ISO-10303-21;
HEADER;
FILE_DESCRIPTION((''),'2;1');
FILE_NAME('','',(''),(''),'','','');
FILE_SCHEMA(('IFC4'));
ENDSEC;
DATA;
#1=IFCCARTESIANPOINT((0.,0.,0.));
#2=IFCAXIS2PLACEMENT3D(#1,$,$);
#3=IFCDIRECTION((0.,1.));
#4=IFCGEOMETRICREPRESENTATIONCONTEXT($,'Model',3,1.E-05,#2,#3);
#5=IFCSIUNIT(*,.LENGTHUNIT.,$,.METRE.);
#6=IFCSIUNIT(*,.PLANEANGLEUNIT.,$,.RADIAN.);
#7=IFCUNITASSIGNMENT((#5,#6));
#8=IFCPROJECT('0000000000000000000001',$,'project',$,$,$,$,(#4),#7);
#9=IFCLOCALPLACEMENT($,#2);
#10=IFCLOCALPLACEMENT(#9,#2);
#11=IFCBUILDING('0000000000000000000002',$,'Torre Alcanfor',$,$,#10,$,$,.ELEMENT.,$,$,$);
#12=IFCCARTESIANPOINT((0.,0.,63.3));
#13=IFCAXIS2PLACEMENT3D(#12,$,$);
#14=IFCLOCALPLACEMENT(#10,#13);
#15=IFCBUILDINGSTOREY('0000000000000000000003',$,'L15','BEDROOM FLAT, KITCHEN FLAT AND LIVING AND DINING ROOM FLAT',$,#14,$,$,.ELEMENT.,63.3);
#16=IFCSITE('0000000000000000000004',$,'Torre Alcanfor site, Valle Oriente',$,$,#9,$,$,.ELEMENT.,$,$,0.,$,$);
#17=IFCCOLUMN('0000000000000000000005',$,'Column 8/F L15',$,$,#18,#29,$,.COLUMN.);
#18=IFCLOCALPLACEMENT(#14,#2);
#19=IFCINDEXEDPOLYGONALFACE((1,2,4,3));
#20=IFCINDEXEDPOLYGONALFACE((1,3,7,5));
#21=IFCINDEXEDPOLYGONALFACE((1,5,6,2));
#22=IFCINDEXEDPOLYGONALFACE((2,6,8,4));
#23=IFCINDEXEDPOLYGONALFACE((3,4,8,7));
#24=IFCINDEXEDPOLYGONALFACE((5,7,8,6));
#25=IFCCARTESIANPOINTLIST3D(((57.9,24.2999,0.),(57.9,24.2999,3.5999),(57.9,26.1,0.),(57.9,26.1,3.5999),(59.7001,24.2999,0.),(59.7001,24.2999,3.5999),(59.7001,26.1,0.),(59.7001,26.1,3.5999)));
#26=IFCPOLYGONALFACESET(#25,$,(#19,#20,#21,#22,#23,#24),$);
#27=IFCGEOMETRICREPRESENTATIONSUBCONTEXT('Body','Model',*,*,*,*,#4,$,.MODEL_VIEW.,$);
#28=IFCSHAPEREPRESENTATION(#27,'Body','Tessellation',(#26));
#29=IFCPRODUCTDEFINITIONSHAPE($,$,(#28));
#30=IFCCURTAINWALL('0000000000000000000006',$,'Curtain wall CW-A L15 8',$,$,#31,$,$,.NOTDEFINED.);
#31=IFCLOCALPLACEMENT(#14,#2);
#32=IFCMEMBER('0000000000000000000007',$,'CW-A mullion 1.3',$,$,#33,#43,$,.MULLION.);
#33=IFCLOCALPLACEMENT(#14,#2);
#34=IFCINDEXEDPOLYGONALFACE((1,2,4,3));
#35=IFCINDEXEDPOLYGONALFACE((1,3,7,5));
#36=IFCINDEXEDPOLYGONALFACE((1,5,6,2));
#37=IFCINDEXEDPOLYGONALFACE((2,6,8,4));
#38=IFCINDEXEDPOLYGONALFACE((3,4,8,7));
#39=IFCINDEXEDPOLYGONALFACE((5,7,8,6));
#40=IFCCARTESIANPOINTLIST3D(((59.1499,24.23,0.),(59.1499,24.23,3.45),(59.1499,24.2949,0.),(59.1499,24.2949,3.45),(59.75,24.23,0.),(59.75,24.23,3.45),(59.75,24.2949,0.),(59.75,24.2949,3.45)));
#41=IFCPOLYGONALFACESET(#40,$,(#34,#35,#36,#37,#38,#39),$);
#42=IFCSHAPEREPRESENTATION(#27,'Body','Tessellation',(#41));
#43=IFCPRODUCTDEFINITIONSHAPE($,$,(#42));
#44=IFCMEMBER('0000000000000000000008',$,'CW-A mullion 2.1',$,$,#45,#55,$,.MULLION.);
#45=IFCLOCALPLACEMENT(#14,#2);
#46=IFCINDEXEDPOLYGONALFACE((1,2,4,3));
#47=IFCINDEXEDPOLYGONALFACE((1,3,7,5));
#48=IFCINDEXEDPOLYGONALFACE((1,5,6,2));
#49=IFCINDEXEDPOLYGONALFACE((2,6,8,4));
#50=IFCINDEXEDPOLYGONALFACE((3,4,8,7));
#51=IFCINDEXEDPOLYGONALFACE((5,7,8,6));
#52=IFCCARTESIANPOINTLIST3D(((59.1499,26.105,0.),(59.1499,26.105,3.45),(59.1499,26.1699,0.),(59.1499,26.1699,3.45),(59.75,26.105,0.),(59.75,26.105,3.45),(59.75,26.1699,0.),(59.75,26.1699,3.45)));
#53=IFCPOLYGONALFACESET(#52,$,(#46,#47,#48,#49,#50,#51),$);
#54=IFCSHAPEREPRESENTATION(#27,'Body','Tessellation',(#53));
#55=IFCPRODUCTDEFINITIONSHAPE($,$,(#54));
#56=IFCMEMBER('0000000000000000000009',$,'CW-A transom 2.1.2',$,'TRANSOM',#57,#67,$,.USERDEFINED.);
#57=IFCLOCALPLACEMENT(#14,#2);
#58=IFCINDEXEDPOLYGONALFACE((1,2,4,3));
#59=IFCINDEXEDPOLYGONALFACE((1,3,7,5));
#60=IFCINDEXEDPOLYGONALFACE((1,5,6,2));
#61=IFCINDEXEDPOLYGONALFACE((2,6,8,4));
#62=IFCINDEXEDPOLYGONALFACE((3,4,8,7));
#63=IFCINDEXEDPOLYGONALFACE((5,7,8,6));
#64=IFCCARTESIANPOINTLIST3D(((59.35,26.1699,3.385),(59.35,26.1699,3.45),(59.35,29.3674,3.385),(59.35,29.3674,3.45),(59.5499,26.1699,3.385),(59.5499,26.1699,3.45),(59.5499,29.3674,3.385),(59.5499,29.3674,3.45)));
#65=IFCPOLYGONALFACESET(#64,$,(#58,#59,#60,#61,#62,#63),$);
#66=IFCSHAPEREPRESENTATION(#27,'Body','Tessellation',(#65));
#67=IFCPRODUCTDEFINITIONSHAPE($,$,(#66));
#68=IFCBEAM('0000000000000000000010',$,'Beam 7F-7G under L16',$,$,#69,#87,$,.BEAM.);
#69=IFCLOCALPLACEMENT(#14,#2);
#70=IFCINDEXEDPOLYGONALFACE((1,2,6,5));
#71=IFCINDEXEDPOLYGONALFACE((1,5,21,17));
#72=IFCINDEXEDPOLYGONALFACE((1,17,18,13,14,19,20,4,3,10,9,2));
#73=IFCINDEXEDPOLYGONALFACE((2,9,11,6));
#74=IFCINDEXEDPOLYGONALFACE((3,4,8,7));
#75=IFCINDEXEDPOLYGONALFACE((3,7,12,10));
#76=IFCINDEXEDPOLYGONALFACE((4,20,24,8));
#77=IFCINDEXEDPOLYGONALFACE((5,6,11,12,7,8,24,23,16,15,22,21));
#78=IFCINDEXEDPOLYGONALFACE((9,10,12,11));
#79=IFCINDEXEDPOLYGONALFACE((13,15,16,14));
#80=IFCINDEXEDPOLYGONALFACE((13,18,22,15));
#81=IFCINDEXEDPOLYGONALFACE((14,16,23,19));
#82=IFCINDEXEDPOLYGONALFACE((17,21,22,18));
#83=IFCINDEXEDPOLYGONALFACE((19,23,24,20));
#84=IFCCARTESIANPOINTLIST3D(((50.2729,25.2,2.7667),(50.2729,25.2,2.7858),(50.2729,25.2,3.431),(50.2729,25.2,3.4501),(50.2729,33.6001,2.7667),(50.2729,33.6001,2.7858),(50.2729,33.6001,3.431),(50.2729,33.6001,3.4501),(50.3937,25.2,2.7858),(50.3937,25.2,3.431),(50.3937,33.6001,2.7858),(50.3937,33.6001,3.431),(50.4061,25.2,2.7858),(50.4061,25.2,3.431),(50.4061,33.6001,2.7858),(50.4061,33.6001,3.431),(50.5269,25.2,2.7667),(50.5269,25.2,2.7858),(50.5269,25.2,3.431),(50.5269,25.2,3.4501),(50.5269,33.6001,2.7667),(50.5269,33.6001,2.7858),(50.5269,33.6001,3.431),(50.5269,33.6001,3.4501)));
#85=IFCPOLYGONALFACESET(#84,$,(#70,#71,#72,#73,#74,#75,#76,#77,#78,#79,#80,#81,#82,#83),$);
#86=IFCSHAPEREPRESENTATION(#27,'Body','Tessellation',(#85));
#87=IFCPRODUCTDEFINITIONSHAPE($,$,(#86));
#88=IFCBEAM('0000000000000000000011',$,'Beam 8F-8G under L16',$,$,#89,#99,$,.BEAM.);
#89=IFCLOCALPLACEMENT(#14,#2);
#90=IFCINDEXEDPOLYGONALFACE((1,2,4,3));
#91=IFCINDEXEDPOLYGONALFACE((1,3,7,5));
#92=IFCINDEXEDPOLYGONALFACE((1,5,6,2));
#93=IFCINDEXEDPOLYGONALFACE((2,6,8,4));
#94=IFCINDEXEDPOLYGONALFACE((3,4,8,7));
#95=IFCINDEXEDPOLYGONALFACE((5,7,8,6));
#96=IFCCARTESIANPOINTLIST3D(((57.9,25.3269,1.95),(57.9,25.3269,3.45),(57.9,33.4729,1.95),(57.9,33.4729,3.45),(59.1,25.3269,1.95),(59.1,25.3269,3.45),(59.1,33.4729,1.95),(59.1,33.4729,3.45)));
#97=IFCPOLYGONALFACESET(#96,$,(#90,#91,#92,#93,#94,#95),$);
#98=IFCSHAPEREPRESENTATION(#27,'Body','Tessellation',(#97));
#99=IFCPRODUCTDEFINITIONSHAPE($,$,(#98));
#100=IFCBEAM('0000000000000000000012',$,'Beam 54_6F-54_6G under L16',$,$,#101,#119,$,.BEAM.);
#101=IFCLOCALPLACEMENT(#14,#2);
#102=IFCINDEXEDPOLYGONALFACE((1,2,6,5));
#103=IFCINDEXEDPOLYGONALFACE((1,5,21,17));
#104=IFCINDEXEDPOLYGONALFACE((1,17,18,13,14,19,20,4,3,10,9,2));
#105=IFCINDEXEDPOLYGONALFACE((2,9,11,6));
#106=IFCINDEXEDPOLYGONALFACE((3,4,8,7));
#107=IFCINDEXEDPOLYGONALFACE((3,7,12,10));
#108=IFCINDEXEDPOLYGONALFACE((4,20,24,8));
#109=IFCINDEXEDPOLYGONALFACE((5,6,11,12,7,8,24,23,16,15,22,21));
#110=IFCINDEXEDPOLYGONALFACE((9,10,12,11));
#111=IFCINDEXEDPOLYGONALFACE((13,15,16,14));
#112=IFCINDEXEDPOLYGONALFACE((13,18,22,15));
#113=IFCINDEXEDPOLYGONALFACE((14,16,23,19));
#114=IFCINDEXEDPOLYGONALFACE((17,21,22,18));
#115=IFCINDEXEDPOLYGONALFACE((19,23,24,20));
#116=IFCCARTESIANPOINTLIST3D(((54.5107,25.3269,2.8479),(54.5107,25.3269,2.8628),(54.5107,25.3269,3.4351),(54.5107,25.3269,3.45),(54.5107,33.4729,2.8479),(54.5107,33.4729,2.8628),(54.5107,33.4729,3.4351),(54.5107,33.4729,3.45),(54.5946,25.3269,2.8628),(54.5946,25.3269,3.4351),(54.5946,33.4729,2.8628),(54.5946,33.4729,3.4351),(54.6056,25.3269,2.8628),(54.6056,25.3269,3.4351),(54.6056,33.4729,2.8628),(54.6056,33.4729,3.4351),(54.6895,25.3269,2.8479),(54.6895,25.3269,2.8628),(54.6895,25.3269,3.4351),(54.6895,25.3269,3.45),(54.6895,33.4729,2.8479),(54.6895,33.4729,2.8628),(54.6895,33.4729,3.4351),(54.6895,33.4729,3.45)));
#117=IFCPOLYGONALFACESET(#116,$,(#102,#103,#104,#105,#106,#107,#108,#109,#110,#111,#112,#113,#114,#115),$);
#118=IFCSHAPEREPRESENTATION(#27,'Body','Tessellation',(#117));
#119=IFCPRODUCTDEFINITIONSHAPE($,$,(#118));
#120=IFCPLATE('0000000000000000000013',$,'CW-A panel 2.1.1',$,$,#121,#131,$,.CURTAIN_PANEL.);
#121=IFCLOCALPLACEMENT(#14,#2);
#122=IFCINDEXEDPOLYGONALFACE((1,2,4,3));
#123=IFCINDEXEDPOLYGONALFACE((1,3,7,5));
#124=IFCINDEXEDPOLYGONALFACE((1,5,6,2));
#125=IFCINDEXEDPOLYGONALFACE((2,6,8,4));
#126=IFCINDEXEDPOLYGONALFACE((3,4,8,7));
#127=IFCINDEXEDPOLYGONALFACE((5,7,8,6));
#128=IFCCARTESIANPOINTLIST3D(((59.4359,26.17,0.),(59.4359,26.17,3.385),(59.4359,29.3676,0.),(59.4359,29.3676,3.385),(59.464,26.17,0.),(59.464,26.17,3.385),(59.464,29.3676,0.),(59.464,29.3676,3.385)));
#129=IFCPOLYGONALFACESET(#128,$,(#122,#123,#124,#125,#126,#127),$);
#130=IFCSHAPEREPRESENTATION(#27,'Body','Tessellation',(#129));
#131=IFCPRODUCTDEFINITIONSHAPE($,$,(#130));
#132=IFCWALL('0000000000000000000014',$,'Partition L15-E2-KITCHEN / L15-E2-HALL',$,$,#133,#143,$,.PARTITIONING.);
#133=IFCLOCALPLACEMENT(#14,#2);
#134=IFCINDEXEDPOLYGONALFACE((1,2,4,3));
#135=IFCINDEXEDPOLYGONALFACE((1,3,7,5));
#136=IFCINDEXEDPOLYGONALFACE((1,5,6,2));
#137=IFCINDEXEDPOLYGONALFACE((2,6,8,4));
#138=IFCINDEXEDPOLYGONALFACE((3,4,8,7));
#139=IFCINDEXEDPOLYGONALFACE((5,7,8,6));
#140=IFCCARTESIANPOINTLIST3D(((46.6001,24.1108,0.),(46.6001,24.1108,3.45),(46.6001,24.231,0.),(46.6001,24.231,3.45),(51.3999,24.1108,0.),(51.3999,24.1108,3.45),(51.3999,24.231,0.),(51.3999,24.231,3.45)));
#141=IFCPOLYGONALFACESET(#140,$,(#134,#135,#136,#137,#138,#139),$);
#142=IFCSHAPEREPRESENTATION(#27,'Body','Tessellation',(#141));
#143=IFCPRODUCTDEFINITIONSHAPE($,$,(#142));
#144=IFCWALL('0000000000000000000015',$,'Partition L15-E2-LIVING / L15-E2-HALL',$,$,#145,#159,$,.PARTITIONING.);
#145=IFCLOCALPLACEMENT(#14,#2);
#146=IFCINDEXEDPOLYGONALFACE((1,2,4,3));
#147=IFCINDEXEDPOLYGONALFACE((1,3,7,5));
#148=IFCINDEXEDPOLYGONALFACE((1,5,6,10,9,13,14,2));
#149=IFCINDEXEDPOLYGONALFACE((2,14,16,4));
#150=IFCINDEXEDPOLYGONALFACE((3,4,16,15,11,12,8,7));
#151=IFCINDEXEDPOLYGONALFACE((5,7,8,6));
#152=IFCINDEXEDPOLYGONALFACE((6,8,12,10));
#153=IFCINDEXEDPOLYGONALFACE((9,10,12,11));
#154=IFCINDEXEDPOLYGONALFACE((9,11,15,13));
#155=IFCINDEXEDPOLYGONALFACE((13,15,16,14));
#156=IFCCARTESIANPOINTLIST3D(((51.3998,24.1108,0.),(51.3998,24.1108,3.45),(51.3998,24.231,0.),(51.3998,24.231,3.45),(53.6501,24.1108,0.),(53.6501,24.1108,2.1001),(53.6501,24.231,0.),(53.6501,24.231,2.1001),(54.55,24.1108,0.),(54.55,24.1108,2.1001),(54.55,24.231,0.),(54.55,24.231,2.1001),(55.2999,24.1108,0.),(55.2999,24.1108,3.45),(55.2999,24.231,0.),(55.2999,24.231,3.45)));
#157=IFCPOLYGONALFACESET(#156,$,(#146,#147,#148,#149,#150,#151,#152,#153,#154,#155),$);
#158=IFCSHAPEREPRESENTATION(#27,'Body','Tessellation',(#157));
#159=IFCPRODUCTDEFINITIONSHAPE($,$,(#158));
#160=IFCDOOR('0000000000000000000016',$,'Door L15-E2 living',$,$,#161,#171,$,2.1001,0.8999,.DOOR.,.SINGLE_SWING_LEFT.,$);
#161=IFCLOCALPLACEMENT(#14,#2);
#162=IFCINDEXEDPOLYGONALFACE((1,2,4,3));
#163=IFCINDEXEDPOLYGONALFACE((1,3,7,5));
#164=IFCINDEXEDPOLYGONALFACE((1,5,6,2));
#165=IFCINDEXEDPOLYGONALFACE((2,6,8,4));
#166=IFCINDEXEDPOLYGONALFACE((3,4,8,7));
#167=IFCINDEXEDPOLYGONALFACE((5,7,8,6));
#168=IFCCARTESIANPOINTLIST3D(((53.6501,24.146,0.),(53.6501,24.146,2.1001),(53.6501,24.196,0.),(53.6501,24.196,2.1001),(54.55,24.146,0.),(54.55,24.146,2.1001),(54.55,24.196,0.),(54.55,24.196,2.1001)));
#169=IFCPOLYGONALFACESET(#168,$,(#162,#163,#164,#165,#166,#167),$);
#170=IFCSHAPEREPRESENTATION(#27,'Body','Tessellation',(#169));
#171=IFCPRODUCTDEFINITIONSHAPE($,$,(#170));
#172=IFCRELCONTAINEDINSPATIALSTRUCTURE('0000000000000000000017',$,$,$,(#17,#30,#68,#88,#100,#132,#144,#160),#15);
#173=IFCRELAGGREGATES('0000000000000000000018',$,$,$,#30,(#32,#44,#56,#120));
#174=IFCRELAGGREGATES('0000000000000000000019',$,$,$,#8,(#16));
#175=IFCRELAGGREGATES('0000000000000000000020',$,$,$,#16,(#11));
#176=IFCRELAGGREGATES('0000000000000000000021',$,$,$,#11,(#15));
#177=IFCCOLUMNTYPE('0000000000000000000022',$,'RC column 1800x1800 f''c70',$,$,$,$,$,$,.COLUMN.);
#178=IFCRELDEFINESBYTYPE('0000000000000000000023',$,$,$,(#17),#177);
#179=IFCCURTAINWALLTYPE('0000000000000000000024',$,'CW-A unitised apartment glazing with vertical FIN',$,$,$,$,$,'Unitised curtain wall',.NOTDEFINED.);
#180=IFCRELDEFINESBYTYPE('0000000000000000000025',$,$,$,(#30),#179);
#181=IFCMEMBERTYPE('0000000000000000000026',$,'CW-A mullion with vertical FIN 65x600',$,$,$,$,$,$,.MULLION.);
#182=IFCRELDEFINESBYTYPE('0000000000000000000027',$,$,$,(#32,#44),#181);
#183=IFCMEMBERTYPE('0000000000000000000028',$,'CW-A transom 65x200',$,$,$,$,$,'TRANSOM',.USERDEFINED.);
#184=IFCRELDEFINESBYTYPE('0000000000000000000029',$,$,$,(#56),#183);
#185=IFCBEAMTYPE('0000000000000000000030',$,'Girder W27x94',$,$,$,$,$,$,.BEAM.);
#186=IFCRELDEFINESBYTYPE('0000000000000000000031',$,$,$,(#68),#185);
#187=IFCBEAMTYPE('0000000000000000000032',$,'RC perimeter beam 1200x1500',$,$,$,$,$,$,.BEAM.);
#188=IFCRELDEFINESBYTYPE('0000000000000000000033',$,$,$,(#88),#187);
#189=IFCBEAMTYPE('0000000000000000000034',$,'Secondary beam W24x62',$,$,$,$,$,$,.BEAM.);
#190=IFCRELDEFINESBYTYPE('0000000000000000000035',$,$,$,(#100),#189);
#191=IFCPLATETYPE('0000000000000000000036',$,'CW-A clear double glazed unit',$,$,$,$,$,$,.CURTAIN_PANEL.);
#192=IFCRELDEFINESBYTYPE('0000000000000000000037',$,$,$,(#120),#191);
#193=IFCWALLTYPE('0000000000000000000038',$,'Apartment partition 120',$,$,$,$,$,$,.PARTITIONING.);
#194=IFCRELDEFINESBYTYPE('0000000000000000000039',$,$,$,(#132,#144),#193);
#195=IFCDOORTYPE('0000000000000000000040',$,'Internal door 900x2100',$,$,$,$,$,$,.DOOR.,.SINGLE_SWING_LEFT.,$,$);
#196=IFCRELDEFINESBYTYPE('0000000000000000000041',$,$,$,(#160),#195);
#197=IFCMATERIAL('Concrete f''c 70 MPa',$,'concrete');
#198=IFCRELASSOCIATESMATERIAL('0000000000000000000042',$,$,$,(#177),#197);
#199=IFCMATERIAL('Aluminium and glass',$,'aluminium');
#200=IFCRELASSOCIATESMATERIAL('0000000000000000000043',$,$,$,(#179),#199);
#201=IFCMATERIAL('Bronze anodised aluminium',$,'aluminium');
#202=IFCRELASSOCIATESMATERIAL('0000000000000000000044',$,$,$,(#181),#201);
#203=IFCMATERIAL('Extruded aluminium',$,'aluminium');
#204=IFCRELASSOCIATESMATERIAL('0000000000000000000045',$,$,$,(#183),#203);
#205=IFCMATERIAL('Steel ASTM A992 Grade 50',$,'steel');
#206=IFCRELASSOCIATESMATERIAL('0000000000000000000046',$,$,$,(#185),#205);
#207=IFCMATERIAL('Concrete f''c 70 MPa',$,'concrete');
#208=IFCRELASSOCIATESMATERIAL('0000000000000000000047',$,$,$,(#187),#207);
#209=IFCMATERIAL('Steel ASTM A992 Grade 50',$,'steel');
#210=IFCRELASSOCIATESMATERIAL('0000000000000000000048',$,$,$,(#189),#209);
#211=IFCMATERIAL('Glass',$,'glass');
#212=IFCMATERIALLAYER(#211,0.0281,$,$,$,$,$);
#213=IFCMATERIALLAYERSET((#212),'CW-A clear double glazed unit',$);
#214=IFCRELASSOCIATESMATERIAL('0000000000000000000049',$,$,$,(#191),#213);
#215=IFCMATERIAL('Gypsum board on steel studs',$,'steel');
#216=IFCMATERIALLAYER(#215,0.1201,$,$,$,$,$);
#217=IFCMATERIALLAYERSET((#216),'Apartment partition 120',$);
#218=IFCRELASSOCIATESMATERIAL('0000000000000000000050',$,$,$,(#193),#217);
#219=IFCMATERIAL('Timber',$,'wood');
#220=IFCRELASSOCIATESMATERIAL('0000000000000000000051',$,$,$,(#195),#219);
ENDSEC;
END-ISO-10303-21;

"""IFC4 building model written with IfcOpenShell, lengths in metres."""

from ifc_helpers import new_model, si_unit, direction, frame, frame_2d, origin, origin_2d, place, context, subcontext, project, spatial, rectangle, i_section, extrude, material, layer, layer_set, material_profile, profile_set, type_object, element, fill, aggregate, save


model = new_model("IFC4")

# Units and contexts
model_context = context("Model", 3, precision=1e-05, world=origin(), true_north=direction((0.0, 1.0)))
body_context = subcontext(model_context, "Body", "Model", "MODEL_VIEW")
ifc_project = project(units=[si_unit("LENGTHUNIT", "METRE"), si_unit("PLANEANGLEUNIT", "RADIAN")], contexts=[model_context])

# Site, building, storey
site_placement = place(None, origin())
site = spatial("IfcSite", under=ifc_project, at=site_placement, Name="Torre Alcanfor site, Valle Oriente", CompositionType="ELEMENT", RefElevation=0.0)
building_placement = place(site_placement, origin())
building = spatial("IfcBuilding", under=site, at=building_placement, Name="Torre Alcanfor", CompositionType="ELEMENT")
storey_placement = place(building_placement, frame((0.0, 0.0, 63.3)))
storey = spatial("IfcBuildingStorey", under=building, at=storey_placement, Name="L15", Description="BEDROOM FLAT, KITCHEN FLAT AND LIVING AND DINING ROOM FLAT", CompositionType="ELEMENT", Elevation=63.3)

# Column
ifc_material_1 = material(Name="Concrete f'c 70 MPa", Category="concrete")
ifc_material_profile_1 = material_profile(ifc_material_1, rectangle(XDim=1.8, YDim=1.8, at=origin_2d()), Name="1800x1800")
ifc_profile_set_1 = profile_set([ifc_material_profile_1], Name="Concrete f'c 70 MPa")
column_type = type_object("IfcColumnType", Name="RC column 1800x1800 f'c70", PredefinedType="COLUMN", material=ifc_profile_set_1)
column_placement = place(storey_placement, frame((58.8, 25.2, 0.0), z_axis=(0.0, 0.0, 1.0), x_axis=(1.0, 0.0, 0.0)))
element("IfcColumn", 1, at=column_placement, inside=storey, type_object=column_type, Name="Column 8/F L15", PredefinedType="COLUMN", context=body_context, shape_type="SweptSolid", body=[
    extrude(rectangle(XDim=1.8, YDim=1.8, at=origin_2d()), origin(), (0.0, 0.0, 1.0), 3.5999),
])

# Curtain wall, members
ifc_material_2 = material(Name="Aluminium and glass", Category="aluminium")
curtain_wall_type = type_object("IfcCurtainWallType", Name="CW-A unitised apartment glazing with vertical FIN", ElementType="Unitised curtain wall", PredefinedType="NOTDEFINED", material=ifc_material_2)
curtain_wall_placement = place(storey_placement, origin())
curtain_wall = element("IfcCurtainWall", 2, at=curtain_wall_placement, inside=storey, type_object=curtain_wall_type, Name="Curtain wall CW-A L15 8", PredefinedType="NOTDEFINED")
ifc_material_3 = material(Name="Bronze anodised aluminium", Category="aluminium")
ifc_material_profile_2 = material_profile(ifc_material_3, rectangle(XDim=0.6001, YDim=0.0649, at=origin_2d()), Name="CW-A mullion 65x600")
ifc_profile_set_2 = profile_set([ifc_material_profile_2], Name="Bronze anodised aluminium")
member_type_1 = type_object("IfcMemberType", Name="CW-A mullion with vertical FIN 65x600", PredefinedType="MULLION", material=ifc_profile_set_2)
member_1_placement = place(storey_placement, frame((59.45, 24.2625, 0.0), z_axis=(0.0, 0.0, 1.0), x_axis=(-1.0, 0.0, 0.0)))
member_1 = element("IfcMember", 3, at=member_1_placement, type_object=member_type_1, Name="CW-A mullion 1.3", PredefinedType="MULLION", context=body_context, shape_type="SweptSolid", body=[
    extrude(rectangle(XDim=0.6001, YDim=0.0649, at=origin_2d()), origin(), (0.0, 0.0, 1.0), 3.45),
])
member_2_placement = place(storey_placement, frame((59.45, 26.1375, 0.0), z_axis=(0.0, 0.0, 1.0), x_axis=(-1.0, 0.0, 0.0)))
member_2 = element("IfcMember", 4, at=member_2_placement, type_object=member_type_1, Name="CW-A mullion 2.1", PredefinedType="MULLION", context=body_context, shape_type="SweptSolid", body=[
    extrude(rectangle(XDim=0.6001, YDim=0.0649, at=origin_2d()), origin(), (0.0, 0.0, 1.0), 3.45),
])
ifc_material_4 = material(Name="Extruded aluminium", Category="aluminium")
ifc_material_profile_3 = material_profile(ifc_material_4, rectangle(XDim=0.2, YDim=0.0649, at=origin_2d()), Name="CW-A transom 200x65")
ifc_profile_set_3 = profile_set([ifc_material_profile_3], Name="Extruded aluminium")
member_type_2 = type_object("IfcMemberType", Name="CW-A transom 65x200", ElementType="TRANSOM", PredefinedType="USERDEFINED", material=ifc_profile_set_3)
member_3_placement = place(storey_placement, frame((59.45, 26.1699, 3.4175), z_axis=(0.0, 1.0, 0.0), x_axis=(-1.0, 0.0, 0.0)))
member_3 = element("IfcMember", 5, at=member_3_placement, type_object=member_type_2, Name="CW-A transom 2.1.2", ObjectType="TRANSOM", PredefinedType="USERDEFINED", context=body_context, shape_type="SweptSolid", body=[
    extrude(rectangle(XDim=0.2, YDim=0.0649, at=origin_2d()), origin(), (0.0, 0.0, 1.0), 3.1975),
])

# Beams
ifc_material_5 = material(Name="Steel ASTM A992 Grade 50", Category="steel")
ifc_material_profile_4 = material_profile(ifc_material_5, i_section(OverallWidth=0.2539, OverallDepth=0.6833, WebThickness=0.0125, FlangeThickness=0.019, at=origin_2d()), Name="W27x94")
ifc_profile_set_4 = profile_set([ifc_material_profile_4], Name="Steel ASTM A992 Grade 50")
beam_type_1 = type_object("IfcBeamType", Name="Girder W27x94", PredefinedType="BEAM", material=ifc_profile_set_4)
beam_1_placement = place(storey_placement, frame((50.3999, 25.2, 3.1084), z_axis=(0.0, 1.0, 0.0), x_axis=(-1.0, 0.0, 0.0)))
element("IfcBeam", 6, at=beam_1_placement, inside=storey, type_object=beam_type_1, Name="Beam 7F-7G under L16", PredefinedType="BEAM", context=body_context, shape_type="SweptSolid", body=[
    extrude(i_section(OverallWidth=0.2539, OverallDepth=0.6833, WebThickness=0.0125, FlangeThickness=0.019, at=origin_2d()), origin(), (0.0, 0.0, 1.0), 8.4001),
])
ifc_material_6 = material(Name="Concrete f'c 70 MPa", Category="concrete")
ifc_material_profile_5 = material_profile(ifc_material_6, rectangle(XDim=1.2, YDim=1.5, at=origin_2d()), Name="1200x1500")
ifc_profile_set_5 = profile_set([ifc_material_profile_5], Name="Concrete f'c 70 MPa")
beam_type_2 = type_object("IfcBeamType", Name="RC perimeter beam 1200x1500", PredefinedType="BEAM", material=ifc_profile_set_5)
beam_2_placement = place(storey_placement, frame((58.5, 25.3269, 2.7), z_axis=(0.0, 1.0, 0.0), x_axis=(-1.0, 0.0, 0.0)))
element("IfcBeam", 7, at=beam_2_placement, inside=storey, type_object=beam_type_2, Name="Beam 8F-8G under L16", PredefinedType="BEAM", context=body_context, shape_type="SweptSolid", body=[
    extrude(rectangle(XDim=1.2, YDim=1.5, at=origin_2d()), origin(), (0.0, 0.0, 1.0), 8.146),
])
ifc_material_7 = material(Name="Steel ASTM A992 Grade 50", Category="steel")
ifc_material_profile_6 = material_profile(ifc_material_7, i_section(OverallWidth=0.1787, OverallDepth=0.6021, WebThickness=0.011, FlangeThickness=0.0149, at=origin_2d()), Name="W24x62")
ifc_profile_set_6 = profile_set([ifc_material_profile_6], Name="Steel ASTM A992 Grade 50")
beam_type_3 = type_object("IfcBeamType", Name="Secondary beam W24x62", PredefinedType="BEAM", material=ifc_profile_set_6)
beam_3_placement = place(storey_placement, frame((54.6001, 25.3269, 3.1489), z_axis=(0.0, 1.0, 0.0), x_axis=(-1.0, 0.0, 0.0)))
element("IfcBeam", 8, at=beam_3_placement, inside=storey, type_object=beam_type_3, Name="Beam 54_6F-54_6G under L16", PredefinedType="BEAM", context=body_context, shape_type="SweptSolid", body=[
    extrude(i_section(OverallWidth=0.1787, OverallDepth=0.6021, WebThickness=0.011, FlangeThickness=0.0149, at=origin_2d()), origin(), (0.0, 0.0, 1.0), 8.146),
])

# Plate
ifc_material_8 = material(Name="Glass", Category="glass")
ifc_layer_1 = layer(ifc_material_8, 0.0281)
ifc_layer_set_1 = layer_set([ifc_layer_1], Name="CW-A clear double glazed unit")
plate_type = type_object("IfcPlateType", Name="CW-A clear double glazed unit", PredefinedType="CURTAIN_PANEL", material=ifc_layer_set_1)
plate_placement = place(storey_placement, frame((59.45, 27.7688, 0.0), z_axis=(0.0, 0.0, 1.0), x_axis=(0.0, 1.0, 0.0)))
plate = element("IfcPlate", 9, at=plate_placement, type_object=plate_type, Name="CW-A panel 2.1.1", PredefinedType="CURTAIN_PANEL", context=body_context, shape_type="SweptSolid", body=[
    extrude(rectangle(XDim=3.1975, YDim=0.0281, at=origin_2d()), origin(), (0.0, 0.0, 1.0), 3.385),
])
aggregate(curtain_wall, [member_1, member_2, member_3, plate])

# Wall
ifc_material_9 = material(Name="Gypsum board on steel studs", Category="steel")
ifc_layer_2 = layer(ifc_material_9, 0.1201)
ifc_layer_set_2 = layer_set([ifc_layer_2], Name="Apartment partition 120")
wall_type_1 = type_object("IfcWallType", Name="Apartment partition 120", PredefinedType="PARTITIONING", material=ifc_layer_set_2)
wall_1_placement = place(storey_placement, frame((51.3999, 24.1709, 0.0), z_axis=(0.0, 0.0, 1.0), x_axis=(-1.0, 0.0, 0.0)))
element("IfcWall", 10, at=wall_1_placement, inside=storey, type_object=wall_type_1, Name="Partition L15-E2-KITCHEN / L15-E2-HALL", PredefinedType="PARTITIONING", context=body_context, shape_type="SweptSolid", body=[
    extrude(rectangle(XDim=4.7998, YDim=0.1201, at=frame_2d((2.3999, 0.0))), origin(), (0.0, 0.0, 1.0), 3.45),
])

# Wall, opening, door
wall_2_placement = place(storey_placement, frame((55.3, 24.1709, 0.0), z_axis=(0.0, 0.0, 1.0), x_axis=(-1.0, 0.0, 0.0)))
wall_2 = element("IfcWall", 11, at=wall_2_placement, inside=storey, type_object=wall_type_1, Name="Partition L15-E2-LIVING / L15-E2-HALL", PredefinedType="PARTITIONING", context=body_context, shape_type="SweptSolid", body=[
    extrude(rectangle(XDim=3.9001, YDim=0.1201, at=frame_2d((1.9502, 0.0))), origin(), (0.0, 0.0, 1.0), 3.45),
])
opening_1_placement = place(wall_2_placement, frame((0.75, 0.0, 0.0)))
opening_1 = element("IfcOpeningElement", 12, at=opening_1_placement, cuts=wall_2, PredefinedType="OPENING", context=body_context, shape_type="SweptSolid", body=[
    extrude(rectangle(XDim=0.8999, YDim=2.1001, at=frame_2d((0.45, 1.05))), frame((0.0, 0.0701, 0.0), z_axis=(0.0, -1.0, 0.0), x_axis=(1.0, 0.0, 0.0)), (0.0, 0.0, 1.0), 0.1401),
])
ifc_material_10 = material(Name="Timber", Category="wood")
door_type_1 = type_object("IfcDoorType", Name="Internal door 900x2100", OperationType="SINGLE_SWING_LEFT", PredefinedType="DOOR", material=ifc_material_10)
door_1_placement = place(opening_1_placement, frame((0.8999, 0.0, 0.0), z_axis=(0.0, 0.0, 1.0), x_axis=(-1.0, 0.0, 0.0)))
door_1 = element("IfcDoor", 13, at=door_1_placement, inside=storey, type_object=door_type_1, Name="Door L15-E2 living", OperationType="SINGLE_SWING_LEFT", OverallHeight=2.1001, OverallWidth=0.8999, PredefinedType="DOOR", context=body_context, shape_type="SweptSolid", body=[
    extrude(rectangle(XDim=0.8999, YDim=2.1001, at=frame_2d((0.45, 1.05))), frame((0.0, 0.0251, 0.0), z_axis=(0.0, -1.0, 0.0), x_axis=(1.0, 0.0, 0.0)), (0.0, 0.0, 1.0), 0.05),
])
fill(opening_1, door_1)

save(model, "model.ifc")
